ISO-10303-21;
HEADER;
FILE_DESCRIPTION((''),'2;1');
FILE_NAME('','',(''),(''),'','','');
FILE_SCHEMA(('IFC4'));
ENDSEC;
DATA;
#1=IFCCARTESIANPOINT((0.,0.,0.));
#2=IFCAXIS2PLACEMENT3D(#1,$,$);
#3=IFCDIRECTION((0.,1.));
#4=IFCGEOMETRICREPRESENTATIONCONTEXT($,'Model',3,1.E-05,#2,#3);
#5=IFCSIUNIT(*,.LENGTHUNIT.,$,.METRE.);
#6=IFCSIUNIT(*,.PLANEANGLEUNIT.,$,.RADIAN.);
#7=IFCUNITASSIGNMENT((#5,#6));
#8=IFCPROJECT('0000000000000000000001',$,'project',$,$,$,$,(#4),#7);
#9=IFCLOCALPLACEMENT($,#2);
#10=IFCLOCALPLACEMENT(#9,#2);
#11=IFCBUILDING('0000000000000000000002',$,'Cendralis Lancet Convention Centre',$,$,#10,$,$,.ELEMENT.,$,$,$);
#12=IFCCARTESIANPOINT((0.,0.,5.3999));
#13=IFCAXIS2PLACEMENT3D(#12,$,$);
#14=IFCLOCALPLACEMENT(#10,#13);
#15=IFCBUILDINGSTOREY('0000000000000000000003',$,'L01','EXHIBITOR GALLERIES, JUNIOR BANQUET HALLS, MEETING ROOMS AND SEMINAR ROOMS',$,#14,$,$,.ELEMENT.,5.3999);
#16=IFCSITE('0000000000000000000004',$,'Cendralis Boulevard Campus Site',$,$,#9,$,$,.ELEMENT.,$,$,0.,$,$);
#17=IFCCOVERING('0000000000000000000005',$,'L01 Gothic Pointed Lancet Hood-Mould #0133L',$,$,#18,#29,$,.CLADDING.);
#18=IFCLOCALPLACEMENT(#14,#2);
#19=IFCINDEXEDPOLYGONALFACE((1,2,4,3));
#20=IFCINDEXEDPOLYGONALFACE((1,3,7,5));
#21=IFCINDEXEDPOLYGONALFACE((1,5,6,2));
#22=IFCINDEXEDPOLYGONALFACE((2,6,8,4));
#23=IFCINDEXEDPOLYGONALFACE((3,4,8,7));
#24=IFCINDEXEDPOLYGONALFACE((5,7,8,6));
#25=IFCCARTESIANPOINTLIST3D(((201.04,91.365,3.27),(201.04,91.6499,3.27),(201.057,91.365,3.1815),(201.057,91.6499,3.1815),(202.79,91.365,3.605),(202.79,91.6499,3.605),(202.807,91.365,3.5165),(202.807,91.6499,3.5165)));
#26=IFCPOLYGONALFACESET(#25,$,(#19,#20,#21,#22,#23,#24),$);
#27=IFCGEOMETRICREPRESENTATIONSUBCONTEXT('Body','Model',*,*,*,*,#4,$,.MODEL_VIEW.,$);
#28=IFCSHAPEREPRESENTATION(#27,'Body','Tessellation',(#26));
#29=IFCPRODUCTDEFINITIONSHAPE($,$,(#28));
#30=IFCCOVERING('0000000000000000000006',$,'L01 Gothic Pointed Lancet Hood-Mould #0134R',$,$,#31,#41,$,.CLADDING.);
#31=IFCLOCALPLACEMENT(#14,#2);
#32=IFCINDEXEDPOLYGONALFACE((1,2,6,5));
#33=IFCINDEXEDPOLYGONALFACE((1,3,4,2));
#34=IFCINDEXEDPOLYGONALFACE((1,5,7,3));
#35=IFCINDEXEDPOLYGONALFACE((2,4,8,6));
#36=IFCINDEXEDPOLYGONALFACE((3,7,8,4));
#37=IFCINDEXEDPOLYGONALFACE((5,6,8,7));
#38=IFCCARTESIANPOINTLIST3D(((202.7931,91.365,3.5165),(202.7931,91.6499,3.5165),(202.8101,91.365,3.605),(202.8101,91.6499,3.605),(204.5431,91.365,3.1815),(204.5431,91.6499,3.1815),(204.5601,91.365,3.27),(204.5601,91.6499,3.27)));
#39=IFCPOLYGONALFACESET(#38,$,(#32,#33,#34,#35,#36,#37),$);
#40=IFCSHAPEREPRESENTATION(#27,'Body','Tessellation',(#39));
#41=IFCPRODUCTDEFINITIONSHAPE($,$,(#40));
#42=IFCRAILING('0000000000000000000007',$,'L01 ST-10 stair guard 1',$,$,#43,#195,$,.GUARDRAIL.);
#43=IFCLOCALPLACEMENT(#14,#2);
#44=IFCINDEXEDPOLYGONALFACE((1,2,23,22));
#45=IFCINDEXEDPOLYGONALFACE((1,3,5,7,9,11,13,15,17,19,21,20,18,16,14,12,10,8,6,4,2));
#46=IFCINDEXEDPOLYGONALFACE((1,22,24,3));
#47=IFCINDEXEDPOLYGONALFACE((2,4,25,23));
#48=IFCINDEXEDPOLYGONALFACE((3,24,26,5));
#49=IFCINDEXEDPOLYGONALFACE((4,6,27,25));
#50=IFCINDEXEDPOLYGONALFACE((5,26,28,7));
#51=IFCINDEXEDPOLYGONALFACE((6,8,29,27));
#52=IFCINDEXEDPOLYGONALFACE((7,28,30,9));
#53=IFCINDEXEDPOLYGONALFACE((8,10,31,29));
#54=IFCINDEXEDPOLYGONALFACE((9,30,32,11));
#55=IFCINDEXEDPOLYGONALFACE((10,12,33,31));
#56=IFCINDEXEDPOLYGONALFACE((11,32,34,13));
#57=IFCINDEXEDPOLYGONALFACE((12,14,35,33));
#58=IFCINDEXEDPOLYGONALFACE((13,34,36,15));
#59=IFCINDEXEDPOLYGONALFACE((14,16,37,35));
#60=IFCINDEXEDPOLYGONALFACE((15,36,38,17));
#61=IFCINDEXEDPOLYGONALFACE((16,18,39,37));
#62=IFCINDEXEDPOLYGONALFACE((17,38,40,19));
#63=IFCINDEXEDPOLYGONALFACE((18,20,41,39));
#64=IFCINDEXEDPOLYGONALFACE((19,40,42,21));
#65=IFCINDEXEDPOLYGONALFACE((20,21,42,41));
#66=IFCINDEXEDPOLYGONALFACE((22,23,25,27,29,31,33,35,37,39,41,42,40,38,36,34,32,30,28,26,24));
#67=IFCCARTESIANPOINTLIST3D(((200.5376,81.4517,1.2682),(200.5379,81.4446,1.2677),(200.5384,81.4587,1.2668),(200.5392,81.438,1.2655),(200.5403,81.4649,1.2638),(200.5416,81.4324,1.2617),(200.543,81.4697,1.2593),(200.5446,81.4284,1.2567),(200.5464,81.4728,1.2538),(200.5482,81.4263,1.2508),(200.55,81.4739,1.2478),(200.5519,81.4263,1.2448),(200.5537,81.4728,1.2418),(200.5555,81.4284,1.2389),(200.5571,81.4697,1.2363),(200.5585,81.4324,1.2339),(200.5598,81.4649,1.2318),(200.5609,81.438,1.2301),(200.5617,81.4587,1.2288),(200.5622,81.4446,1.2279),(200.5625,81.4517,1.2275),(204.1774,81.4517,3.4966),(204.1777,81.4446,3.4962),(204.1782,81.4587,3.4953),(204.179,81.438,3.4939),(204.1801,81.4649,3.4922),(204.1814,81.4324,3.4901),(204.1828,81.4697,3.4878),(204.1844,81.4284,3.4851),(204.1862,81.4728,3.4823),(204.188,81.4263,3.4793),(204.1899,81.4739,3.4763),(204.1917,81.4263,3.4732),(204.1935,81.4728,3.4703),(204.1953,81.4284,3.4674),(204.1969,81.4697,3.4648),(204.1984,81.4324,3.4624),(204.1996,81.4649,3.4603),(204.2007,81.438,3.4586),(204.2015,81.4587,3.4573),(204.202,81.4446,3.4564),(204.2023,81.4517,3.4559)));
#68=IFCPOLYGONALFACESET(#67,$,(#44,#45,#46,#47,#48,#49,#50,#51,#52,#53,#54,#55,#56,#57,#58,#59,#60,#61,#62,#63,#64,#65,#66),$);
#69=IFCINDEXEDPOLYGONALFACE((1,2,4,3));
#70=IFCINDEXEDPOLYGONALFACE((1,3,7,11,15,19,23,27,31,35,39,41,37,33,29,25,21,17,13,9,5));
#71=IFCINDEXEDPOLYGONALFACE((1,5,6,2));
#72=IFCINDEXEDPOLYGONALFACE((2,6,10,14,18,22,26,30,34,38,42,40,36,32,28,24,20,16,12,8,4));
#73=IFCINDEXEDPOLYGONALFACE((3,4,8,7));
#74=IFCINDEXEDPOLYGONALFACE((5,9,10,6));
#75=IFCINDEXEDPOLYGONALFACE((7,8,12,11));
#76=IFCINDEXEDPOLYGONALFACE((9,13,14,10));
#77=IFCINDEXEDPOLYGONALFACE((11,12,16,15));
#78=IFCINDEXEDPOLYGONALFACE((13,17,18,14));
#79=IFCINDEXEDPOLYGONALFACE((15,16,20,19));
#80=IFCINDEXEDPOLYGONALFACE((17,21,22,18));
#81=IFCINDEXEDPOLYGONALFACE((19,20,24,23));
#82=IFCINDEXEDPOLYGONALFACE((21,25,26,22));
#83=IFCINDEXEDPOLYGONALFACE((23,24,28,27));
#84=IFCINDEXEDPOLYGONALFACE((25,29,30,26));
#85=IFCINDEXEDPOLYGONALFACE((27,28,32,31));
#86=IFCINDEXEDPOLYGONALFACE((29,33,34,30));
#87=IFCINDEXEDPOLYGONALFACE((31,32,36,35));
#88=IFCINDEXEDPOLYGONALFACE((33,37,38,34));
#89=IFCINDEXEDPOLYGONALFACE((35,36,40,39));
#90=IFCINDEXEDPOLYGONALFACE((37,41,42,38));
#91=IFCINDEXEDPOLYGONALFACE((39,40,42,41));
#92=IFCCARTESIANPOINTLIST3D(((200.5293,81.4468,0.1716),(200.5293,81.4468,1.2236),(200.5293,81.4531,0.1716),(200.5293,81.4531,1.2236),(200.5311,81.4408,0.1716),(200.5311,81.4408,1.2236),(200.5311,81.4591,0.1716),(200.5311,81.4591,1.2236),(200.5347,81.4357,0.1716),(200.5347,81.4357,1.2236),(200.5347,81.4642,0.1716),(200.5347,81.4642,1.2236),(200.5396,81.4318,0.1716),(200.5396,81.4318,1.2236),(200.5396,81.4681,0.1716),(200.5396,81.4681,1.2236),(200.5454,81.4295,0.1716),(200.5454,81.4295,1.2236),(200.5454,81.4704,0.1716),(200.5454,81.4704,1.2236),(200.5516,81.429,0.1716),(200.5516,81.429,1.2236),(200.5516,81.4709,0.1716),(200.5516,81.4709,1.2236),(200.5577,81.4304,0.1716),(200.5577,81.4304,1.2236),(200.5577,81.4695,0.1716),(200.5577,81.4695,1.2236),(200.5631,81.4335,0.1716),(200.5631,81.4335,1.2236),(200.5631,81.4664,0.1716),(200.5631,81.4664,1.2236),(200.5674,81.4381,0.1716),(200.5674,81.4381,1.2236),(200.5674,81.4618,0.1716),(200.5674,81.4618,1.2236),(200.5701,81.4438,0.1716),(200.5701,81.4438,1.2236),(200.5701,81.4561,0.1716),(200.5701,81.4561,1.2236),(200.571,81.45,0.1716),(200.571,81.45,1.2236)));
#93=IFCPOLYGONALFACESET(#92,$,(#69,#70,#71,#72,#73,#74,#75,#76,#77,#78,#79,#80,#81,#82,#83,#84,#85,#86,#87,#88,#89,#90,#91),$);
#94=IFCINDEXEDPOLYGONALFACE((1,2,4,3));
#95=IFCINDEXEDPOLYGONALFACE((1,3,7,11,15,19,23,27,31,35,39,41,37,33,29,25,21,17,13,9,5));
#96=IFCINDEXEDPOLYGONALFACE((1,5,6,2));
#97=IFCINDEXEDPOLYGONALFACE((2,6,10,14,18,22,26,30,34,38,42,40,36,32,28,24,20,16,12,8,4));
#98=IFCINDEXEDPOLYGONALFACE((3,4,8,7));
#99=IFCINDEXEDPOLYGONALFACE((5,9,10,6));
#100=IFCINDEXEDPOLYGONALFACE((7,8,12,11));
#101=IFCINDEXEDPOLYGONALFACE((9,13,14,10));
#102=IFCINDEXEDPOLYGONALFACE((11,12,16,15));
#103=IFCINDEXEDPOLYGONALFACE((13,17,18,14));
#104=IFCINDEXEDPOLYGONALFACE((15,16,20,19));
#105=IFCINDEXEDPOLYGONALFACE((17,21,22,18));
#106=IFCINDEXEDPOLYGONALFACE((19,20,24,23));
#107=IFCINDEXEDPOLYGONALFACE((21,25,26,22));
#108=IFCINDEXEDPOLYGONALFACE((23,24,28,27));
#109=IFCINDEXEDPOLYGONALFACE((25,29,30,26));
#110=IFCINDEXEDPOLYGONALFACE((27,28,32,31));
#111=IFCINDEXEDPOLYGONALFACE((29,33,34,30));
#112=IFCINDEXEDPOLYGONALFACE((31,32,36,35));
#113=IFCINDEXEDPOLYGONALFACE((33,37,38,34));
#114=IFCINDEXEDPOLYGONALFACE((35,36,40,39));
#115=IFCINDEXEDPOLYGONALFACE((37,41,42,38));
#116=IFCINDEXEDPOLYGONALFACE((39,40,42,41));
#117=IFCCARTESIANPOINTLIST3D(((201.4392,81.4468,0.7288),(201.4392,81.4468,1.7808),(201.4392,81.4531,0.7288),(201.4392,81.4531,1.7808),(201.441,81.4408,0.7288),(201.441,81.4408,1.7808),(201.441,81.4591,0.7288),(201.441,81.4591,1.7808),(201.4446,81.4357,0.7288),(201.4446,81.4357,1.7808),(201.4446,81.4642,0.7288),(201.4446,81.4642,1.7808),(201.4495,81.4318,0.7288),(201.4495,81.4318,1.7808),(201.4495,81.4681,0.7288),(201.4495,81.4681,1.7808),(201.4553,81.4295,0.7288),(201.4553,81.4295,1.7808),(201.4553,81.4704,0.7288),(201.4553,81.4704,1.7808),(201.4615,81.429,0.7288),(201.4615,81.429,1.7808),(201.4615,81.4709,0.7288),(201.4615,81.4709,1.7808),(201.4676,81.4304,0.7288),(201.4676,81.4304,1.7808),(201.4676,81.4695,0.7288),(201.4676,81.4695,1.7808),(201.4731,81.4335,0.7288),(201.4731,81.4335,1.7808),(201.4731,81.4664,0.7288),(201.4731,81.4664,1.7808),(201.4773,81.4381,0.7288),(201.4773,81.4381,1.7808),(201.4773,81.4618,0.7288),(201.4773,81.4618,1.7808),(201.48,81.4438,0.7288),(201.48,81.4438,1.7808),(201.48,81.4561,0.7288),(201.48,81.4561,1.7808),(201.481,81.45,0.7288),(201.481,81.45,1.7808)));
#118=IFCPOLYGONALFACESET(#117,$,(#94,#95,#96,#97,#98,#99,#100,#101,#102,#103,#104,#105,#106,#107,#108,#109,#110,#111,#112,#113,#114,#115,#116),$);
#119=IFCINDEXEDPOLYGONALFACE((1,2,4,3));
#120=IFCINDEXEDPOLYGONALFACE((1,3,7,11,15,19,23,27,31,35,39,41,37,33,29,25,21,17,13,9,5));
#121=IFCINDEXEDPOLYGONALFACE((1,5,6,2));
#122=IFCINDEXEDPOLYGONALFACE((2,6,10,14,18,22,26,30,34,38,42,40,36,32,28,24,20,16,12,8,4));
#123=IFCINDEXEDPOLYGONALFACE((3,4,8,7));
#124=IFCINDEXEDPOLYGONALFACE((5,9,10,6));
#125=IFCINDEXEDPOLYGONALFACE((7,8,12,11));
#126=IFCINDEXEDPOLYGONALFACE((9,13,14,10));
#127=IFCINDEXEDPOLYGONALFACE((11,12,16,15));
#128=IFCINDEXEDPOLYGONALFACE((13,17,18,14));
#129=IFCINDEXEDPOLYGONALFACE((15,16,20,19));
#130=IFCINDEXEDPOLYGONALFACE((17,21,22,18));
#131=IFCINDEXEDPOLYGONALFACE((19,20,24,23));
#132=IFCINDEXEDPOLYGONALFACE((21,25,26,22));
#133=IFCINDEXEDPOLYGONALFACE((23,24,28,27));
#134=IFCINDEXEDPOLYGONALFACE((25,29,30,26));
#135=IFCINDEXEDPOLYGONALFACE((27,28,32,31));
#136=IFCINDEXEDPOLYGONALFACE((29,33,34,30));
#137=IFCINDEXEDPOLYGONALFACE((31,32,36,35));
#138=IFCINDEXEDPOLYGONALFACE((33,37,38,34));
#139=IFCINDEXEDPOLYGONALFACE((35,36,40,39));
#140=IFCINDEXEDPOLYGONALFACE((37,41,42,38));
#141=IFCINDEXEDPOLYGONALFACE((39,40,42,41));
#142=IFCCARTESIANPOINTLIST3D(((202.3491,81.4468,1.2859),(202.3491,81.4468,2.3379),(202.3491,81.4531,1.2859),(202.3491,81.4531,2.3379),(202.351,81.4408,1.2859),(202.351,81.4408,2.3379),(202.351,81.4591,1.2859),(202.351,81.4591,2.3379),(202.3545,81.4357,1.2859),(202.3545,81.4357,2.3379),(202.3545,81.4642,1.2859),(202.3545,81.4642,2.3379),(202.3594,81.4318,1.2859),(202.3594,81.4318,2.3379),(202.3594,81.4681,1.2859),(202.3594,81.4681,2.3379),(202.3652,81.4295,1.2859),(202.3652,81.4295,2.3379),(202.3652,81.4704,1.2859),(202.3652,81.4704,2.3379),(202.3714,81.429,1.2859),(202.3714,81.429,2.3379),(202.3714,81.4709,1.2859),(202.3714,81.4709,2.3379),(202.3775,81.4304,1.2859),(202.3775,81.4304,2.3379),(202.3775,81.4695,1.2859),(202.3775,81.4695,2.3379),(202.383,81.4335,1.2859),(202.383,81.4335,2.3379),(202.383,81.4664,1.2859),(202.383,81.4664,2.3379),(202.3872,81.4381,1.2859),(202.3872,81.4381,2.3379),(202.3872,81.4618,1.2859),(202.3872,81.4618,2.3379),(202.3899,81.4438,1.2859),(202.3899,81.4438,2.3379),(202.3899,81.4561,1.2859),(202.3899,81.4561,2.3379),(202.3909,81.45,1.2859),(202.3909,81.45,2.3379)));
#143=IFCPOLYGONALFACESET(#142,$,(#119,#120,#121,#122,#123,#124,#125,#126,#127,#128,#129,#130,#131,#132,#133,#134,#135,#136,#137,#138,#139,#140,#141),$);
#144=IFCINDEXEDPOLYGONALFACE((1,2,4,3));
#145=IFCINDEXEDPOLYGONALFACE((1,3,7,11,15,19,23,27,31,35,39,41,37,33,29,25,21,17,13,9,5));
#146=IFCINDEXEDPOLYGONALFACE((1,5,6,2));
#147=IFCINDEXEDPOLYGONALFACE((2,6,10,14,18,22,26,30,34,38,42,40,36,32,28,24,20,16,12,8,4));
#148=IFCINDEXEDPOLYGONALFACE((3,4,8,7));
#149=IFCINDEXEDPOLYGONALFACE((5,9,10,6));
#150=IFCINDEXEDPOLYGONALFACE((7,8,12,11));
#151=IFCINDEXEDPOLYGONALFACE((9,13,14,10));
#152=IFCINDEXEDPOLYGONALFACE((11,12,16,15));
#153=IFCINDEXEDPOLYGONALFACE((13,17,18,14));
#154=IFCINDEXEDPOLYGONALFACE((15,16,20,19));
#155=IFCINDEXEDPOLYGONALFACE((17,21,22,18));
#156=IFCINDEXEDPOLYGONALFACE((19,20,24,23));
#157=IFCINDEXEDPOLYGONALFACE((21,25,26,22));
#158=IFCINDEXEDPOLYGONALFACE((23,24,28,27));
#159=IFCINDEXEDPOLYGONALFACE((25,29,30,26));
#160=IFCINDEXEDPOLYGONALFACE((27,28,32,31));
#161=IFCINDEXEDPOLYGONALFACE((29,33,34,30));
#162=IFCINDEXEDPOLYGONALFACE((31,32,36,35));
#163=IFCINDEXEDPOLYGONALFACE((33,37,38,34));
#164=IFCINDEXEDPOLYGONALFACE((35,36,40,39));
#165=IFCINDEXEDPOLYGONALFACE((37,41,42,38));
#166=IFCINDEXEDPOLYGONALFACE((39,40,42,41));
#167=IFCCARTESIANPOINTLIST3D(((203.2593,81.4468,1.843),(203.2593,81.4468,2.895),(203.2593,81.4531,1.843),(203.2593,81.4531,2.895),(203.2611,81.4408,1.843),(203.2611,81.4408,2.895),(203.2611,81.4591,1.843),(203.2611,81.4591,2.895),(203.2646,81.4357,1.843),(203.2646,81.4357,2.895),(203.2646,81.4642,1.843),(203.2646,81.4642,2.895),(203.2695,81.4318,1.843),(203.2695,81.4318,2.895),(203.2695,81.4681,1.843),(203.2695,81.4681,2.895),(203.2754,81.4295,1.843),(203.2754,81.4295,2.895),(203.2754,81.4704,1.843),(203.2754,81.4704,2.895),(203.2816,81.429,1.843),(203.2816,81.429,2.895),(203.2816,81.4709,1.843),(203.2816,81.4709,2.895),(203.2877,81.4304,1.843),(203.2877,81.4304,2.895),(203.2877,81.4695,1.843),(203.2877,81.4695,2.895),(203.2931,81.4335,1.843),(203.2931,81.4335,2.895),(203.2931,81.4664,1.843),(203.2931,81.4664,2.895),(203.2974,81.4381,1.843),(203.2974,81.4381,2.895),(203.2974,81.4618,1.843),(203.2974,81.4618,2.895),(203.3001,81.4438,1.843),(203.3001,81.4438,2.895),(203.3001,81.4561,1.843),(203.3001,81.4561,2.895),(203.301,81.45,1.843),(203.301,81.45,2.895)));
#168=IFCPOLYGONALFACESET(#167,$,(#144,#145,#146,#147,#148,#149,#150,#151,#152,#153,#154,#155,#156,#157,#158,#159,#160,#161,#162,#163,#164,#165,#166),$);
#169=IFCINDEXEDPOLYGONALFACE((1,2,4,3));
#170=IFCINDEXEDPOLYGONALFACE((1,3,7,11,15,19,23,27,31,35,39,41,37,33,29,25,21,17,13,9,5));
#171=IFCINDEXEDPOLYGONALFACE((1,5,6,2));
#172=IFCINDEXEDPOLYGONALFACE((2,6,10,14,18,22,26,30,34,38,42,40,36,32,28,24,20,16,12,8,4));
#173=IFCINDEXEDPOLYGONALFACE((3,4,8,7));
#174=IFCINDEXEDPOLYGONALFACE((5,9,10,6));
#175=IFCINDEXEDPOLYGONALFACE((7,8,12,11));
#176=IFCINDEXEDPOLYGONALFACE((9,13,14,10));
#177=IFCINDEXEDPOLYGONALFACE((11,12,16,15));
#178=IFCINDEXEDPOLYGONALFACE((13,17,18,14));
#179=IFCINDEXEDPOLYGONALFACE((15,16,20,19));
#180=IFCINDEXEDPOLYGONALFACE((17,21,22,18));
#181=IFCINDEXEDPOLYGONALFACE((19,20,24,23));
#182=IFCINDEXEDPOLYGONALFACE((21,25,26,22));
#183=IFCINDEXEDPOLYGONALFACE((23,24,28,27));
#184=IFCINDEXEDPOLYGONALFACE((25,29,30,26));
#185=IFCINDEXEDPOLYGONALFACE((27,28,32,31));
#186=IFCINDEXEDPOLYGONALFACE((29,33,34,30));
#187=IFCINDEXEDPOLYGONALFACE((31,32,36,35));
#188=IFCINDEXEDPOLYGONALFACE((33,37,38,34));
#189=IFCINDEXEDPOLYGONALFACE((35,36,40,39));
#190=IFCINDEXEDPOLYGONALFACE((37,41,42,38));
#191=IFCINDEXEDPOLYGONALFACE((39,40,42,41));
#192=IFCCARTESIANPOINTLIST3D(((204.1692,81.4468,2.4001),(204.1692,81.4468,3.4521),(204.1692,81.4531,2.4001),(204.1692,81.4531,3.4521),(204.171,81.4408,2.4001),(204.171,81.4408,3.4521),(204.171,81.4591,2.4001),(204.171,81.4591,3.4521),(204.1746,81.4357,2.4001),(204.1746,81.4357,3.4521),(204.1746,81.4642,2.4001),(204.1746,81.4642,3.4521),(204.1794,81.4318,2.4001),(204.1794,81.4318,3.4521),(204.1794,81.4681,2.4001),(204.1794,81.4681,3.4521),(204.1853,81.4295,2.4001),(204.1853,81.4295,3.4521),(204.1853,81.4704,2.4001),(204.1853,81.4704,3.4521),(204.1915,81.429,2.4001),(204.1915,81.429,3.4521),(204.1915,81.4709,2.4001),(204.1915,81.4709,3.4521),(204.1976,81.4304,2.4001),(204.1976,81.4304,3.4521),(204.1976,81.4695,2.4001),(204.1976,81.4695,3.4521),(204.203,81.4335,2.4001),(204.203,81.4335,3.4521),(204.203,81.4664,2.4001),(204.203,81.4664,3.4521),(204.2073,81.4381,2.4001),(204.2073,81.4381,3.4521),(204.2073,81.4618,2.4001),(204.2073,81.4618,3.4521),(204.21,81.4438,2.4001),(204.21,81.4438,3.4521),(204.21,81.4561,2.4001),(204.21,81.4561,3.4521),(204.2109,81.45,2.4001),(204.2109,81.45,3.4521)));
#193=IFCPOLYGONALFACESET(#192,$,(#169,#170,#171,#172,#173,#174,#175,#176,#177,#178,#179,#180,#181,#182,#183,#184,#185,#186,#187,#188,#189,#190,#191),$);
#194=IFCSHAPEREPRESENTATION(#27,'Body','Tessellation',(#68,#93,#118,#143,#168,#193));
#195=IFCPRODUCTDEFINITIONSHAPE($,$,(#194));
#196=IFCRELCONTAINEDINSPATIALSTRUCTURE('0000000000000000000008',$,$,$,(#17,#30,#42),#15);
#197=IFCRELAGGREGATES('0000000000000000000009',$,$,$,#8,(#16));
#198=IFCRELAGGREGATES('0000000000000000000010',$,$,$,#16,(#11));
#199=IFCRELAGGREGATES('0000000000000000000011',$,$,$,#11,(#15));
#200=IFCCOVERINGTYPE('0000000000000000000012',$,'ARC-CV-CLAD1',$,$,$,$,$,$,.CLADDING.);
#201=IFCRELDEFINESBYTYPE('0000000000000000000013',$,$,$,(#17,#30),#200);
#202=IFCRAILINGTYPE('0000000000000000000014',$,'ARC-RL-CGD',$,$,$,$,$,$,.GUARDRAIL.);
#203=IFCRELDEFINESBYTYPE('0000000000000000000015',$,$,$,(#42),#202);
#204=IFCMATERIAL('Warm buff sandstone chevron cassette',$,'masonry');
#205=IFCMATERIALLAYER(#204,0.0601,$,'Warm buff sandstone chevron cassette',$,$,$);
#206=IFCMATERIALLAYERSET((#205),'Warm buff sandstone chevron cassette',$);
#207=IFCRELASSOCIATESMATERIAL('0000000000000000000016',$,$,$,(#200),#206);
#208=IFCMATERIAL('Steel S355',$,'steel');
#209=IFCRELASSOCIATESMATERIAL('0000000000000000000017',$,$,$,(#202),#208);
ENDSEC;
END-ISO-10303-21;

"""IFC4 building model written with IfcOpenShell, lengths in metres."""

from ifc_helpers import new_model, si_unit, direction, frame, origin, origin_2d, place, context, subcontext, project, spatial, polyline, circle, outline, extrude, material, layer, layer_set, type_object, element, save


model = new_model("IFC4")

# Units and contexts
model_context = context("Model", 3, precision=1e-05, world=origin(), true_north=direction((0.0, 1.0)))
body_context = subcontext(model_context, "Body", "Model", "MODEL_VIEW")
ifc_project = project(units=[si_unit("LENGTHUNIT", "METRE"), si_unit("PLANEANGLEUNIT", "RADIAN")], contexts=[model_context])

# Site, building, storey
site_placement = place(None, origin())
site = spatial("IfcSite", under=ifc_project, at=site_placement, Name="Cendralis Boulevard Campus Site", CompositionType="ELEMENT", RefElevation=0.0)
building_placement = place(site_placement, origin())
building = spatial("IfcBuilding", under=site, at=building_placement, Name="Cendralis Lancet Convention Centre", CompositionType="ELEMENT")
storey_placement = place(building_placement, frame((0.0, 0.0, 5.3999)))
storey = spatial("IfcBuildingStorey", under=building, at=storey_placement, Name="L01", Description="EXHIBITOR GALLERIES, JUNIOR BANQUET HALLS, MEETING ROOMS AND SEMINAR ROOMS", CompositionType="ELEMENT", Elevation=5.3999)

# Shared definitions
ifc_material_1 = material(Name="Steel S355", Category="steel")

# Coverings
ifc_material_2 = material(Name="Warm buff sandstone chevron cassette", Category="masonry")
ifc_layer_1 = layer(ifc_material_2, 0.0601, Name="Warm buff sandstone chevron cassette")
ifc_layer_set_1 = layer_set([ifc_layer_1], Name="Warm buff sandstone chevron cassette")
covering_type = type_object("IfcCoveringType", Name="ARC-CV-CLAD1", PredefinedType="CLADDING", material=ifc_layer_set_1)
for number, where, z_axis, x_axis, name in (
    (1, (201.04, 91.6499, 3.27), (-0.187994, 0.0, 0.98217), (0.0, -1.0, 0.0), "L01 Gothic Pointed Lancet Hood-Mould #0133L"),
    (2, (202.8101, 91.6499, 3.605), (0.187994, 0.0, 0.98217), (0.0, -1.0, 0.0), "L01 Gothic Pointed Lancet Hood-Mould #0134R"),
):
    element("IfcCovering", number, at=place(storey_placement, frame(where, z_axis=z_axis, x_axis=x_axis)), inside=storey, type_object=covering_type, Name=name, PredefinedType="CLADDING", context=body_context, shape_type="SweptSolid", body=[
        extrude(outline(polyline([(0.0, 0.0), (0.2849, 0.0), (0.2849, 1.7818), (0.0, 1.7818), (0.0, 0.0)])), origin(), (0.0, 0.0, -1.0), 0.0901),
    ])

# Railing
railing_type_1 = type_object("IfcRailingType", Name="ARC-RL-CGD", PredefinedType="GUARDRAIL", material=ifc_material_1)
railing_1_placement = place(storey_placement, frame((200.55, 81.45, 0.1716)))
element("IfcRailing", 3, at=railing_1_placement, inside=storey, type_object=railing_type_1, Name="L01 ST-10 stair guard 1", PredefinedType="GUARDRAIL", context=body_context, shape_type="SweptSolid", body=[
    extrude(circle(Radius=0.0239, at=origin_2d()), frame((0.0, 0.0, 1.0762), z_axis=(0.85285, 0.0, 0.522156), x_axis=(0.0, 1.0, 0.0)), (0.0, 0.0, 1.0), 4.2678),
    extrude(circle(Radius=0.021, at=origin_2d()), origin(), (0.0, 0.0, 1.0), 1.052),
    extrude(circle(Radius=0.021, at=origin_2d()), frame((0.9099, 0.0, 0.5571)), (0.0, 0.0, 1.0), 1.052),
    extrude(circle(Radius=0.021, at=origin_2d()), frame((1.8198, 0.0, 1.1143)), (0.0, 0.0, 1.0), 1.052),
    extrude(circle(Radius=0.021, at=origin_2d()), frame((2.73, 0.0, 1.6714)), (0.0, 0.0, 1.0), 1.052),
    extrude(circle(Radius=0.021, at=origin_2d()), frame((3.6399, 0.0, 2.2285)), (0.0, 0.0, 1.0), 1.052),
])

save(model, "model.ifc")
